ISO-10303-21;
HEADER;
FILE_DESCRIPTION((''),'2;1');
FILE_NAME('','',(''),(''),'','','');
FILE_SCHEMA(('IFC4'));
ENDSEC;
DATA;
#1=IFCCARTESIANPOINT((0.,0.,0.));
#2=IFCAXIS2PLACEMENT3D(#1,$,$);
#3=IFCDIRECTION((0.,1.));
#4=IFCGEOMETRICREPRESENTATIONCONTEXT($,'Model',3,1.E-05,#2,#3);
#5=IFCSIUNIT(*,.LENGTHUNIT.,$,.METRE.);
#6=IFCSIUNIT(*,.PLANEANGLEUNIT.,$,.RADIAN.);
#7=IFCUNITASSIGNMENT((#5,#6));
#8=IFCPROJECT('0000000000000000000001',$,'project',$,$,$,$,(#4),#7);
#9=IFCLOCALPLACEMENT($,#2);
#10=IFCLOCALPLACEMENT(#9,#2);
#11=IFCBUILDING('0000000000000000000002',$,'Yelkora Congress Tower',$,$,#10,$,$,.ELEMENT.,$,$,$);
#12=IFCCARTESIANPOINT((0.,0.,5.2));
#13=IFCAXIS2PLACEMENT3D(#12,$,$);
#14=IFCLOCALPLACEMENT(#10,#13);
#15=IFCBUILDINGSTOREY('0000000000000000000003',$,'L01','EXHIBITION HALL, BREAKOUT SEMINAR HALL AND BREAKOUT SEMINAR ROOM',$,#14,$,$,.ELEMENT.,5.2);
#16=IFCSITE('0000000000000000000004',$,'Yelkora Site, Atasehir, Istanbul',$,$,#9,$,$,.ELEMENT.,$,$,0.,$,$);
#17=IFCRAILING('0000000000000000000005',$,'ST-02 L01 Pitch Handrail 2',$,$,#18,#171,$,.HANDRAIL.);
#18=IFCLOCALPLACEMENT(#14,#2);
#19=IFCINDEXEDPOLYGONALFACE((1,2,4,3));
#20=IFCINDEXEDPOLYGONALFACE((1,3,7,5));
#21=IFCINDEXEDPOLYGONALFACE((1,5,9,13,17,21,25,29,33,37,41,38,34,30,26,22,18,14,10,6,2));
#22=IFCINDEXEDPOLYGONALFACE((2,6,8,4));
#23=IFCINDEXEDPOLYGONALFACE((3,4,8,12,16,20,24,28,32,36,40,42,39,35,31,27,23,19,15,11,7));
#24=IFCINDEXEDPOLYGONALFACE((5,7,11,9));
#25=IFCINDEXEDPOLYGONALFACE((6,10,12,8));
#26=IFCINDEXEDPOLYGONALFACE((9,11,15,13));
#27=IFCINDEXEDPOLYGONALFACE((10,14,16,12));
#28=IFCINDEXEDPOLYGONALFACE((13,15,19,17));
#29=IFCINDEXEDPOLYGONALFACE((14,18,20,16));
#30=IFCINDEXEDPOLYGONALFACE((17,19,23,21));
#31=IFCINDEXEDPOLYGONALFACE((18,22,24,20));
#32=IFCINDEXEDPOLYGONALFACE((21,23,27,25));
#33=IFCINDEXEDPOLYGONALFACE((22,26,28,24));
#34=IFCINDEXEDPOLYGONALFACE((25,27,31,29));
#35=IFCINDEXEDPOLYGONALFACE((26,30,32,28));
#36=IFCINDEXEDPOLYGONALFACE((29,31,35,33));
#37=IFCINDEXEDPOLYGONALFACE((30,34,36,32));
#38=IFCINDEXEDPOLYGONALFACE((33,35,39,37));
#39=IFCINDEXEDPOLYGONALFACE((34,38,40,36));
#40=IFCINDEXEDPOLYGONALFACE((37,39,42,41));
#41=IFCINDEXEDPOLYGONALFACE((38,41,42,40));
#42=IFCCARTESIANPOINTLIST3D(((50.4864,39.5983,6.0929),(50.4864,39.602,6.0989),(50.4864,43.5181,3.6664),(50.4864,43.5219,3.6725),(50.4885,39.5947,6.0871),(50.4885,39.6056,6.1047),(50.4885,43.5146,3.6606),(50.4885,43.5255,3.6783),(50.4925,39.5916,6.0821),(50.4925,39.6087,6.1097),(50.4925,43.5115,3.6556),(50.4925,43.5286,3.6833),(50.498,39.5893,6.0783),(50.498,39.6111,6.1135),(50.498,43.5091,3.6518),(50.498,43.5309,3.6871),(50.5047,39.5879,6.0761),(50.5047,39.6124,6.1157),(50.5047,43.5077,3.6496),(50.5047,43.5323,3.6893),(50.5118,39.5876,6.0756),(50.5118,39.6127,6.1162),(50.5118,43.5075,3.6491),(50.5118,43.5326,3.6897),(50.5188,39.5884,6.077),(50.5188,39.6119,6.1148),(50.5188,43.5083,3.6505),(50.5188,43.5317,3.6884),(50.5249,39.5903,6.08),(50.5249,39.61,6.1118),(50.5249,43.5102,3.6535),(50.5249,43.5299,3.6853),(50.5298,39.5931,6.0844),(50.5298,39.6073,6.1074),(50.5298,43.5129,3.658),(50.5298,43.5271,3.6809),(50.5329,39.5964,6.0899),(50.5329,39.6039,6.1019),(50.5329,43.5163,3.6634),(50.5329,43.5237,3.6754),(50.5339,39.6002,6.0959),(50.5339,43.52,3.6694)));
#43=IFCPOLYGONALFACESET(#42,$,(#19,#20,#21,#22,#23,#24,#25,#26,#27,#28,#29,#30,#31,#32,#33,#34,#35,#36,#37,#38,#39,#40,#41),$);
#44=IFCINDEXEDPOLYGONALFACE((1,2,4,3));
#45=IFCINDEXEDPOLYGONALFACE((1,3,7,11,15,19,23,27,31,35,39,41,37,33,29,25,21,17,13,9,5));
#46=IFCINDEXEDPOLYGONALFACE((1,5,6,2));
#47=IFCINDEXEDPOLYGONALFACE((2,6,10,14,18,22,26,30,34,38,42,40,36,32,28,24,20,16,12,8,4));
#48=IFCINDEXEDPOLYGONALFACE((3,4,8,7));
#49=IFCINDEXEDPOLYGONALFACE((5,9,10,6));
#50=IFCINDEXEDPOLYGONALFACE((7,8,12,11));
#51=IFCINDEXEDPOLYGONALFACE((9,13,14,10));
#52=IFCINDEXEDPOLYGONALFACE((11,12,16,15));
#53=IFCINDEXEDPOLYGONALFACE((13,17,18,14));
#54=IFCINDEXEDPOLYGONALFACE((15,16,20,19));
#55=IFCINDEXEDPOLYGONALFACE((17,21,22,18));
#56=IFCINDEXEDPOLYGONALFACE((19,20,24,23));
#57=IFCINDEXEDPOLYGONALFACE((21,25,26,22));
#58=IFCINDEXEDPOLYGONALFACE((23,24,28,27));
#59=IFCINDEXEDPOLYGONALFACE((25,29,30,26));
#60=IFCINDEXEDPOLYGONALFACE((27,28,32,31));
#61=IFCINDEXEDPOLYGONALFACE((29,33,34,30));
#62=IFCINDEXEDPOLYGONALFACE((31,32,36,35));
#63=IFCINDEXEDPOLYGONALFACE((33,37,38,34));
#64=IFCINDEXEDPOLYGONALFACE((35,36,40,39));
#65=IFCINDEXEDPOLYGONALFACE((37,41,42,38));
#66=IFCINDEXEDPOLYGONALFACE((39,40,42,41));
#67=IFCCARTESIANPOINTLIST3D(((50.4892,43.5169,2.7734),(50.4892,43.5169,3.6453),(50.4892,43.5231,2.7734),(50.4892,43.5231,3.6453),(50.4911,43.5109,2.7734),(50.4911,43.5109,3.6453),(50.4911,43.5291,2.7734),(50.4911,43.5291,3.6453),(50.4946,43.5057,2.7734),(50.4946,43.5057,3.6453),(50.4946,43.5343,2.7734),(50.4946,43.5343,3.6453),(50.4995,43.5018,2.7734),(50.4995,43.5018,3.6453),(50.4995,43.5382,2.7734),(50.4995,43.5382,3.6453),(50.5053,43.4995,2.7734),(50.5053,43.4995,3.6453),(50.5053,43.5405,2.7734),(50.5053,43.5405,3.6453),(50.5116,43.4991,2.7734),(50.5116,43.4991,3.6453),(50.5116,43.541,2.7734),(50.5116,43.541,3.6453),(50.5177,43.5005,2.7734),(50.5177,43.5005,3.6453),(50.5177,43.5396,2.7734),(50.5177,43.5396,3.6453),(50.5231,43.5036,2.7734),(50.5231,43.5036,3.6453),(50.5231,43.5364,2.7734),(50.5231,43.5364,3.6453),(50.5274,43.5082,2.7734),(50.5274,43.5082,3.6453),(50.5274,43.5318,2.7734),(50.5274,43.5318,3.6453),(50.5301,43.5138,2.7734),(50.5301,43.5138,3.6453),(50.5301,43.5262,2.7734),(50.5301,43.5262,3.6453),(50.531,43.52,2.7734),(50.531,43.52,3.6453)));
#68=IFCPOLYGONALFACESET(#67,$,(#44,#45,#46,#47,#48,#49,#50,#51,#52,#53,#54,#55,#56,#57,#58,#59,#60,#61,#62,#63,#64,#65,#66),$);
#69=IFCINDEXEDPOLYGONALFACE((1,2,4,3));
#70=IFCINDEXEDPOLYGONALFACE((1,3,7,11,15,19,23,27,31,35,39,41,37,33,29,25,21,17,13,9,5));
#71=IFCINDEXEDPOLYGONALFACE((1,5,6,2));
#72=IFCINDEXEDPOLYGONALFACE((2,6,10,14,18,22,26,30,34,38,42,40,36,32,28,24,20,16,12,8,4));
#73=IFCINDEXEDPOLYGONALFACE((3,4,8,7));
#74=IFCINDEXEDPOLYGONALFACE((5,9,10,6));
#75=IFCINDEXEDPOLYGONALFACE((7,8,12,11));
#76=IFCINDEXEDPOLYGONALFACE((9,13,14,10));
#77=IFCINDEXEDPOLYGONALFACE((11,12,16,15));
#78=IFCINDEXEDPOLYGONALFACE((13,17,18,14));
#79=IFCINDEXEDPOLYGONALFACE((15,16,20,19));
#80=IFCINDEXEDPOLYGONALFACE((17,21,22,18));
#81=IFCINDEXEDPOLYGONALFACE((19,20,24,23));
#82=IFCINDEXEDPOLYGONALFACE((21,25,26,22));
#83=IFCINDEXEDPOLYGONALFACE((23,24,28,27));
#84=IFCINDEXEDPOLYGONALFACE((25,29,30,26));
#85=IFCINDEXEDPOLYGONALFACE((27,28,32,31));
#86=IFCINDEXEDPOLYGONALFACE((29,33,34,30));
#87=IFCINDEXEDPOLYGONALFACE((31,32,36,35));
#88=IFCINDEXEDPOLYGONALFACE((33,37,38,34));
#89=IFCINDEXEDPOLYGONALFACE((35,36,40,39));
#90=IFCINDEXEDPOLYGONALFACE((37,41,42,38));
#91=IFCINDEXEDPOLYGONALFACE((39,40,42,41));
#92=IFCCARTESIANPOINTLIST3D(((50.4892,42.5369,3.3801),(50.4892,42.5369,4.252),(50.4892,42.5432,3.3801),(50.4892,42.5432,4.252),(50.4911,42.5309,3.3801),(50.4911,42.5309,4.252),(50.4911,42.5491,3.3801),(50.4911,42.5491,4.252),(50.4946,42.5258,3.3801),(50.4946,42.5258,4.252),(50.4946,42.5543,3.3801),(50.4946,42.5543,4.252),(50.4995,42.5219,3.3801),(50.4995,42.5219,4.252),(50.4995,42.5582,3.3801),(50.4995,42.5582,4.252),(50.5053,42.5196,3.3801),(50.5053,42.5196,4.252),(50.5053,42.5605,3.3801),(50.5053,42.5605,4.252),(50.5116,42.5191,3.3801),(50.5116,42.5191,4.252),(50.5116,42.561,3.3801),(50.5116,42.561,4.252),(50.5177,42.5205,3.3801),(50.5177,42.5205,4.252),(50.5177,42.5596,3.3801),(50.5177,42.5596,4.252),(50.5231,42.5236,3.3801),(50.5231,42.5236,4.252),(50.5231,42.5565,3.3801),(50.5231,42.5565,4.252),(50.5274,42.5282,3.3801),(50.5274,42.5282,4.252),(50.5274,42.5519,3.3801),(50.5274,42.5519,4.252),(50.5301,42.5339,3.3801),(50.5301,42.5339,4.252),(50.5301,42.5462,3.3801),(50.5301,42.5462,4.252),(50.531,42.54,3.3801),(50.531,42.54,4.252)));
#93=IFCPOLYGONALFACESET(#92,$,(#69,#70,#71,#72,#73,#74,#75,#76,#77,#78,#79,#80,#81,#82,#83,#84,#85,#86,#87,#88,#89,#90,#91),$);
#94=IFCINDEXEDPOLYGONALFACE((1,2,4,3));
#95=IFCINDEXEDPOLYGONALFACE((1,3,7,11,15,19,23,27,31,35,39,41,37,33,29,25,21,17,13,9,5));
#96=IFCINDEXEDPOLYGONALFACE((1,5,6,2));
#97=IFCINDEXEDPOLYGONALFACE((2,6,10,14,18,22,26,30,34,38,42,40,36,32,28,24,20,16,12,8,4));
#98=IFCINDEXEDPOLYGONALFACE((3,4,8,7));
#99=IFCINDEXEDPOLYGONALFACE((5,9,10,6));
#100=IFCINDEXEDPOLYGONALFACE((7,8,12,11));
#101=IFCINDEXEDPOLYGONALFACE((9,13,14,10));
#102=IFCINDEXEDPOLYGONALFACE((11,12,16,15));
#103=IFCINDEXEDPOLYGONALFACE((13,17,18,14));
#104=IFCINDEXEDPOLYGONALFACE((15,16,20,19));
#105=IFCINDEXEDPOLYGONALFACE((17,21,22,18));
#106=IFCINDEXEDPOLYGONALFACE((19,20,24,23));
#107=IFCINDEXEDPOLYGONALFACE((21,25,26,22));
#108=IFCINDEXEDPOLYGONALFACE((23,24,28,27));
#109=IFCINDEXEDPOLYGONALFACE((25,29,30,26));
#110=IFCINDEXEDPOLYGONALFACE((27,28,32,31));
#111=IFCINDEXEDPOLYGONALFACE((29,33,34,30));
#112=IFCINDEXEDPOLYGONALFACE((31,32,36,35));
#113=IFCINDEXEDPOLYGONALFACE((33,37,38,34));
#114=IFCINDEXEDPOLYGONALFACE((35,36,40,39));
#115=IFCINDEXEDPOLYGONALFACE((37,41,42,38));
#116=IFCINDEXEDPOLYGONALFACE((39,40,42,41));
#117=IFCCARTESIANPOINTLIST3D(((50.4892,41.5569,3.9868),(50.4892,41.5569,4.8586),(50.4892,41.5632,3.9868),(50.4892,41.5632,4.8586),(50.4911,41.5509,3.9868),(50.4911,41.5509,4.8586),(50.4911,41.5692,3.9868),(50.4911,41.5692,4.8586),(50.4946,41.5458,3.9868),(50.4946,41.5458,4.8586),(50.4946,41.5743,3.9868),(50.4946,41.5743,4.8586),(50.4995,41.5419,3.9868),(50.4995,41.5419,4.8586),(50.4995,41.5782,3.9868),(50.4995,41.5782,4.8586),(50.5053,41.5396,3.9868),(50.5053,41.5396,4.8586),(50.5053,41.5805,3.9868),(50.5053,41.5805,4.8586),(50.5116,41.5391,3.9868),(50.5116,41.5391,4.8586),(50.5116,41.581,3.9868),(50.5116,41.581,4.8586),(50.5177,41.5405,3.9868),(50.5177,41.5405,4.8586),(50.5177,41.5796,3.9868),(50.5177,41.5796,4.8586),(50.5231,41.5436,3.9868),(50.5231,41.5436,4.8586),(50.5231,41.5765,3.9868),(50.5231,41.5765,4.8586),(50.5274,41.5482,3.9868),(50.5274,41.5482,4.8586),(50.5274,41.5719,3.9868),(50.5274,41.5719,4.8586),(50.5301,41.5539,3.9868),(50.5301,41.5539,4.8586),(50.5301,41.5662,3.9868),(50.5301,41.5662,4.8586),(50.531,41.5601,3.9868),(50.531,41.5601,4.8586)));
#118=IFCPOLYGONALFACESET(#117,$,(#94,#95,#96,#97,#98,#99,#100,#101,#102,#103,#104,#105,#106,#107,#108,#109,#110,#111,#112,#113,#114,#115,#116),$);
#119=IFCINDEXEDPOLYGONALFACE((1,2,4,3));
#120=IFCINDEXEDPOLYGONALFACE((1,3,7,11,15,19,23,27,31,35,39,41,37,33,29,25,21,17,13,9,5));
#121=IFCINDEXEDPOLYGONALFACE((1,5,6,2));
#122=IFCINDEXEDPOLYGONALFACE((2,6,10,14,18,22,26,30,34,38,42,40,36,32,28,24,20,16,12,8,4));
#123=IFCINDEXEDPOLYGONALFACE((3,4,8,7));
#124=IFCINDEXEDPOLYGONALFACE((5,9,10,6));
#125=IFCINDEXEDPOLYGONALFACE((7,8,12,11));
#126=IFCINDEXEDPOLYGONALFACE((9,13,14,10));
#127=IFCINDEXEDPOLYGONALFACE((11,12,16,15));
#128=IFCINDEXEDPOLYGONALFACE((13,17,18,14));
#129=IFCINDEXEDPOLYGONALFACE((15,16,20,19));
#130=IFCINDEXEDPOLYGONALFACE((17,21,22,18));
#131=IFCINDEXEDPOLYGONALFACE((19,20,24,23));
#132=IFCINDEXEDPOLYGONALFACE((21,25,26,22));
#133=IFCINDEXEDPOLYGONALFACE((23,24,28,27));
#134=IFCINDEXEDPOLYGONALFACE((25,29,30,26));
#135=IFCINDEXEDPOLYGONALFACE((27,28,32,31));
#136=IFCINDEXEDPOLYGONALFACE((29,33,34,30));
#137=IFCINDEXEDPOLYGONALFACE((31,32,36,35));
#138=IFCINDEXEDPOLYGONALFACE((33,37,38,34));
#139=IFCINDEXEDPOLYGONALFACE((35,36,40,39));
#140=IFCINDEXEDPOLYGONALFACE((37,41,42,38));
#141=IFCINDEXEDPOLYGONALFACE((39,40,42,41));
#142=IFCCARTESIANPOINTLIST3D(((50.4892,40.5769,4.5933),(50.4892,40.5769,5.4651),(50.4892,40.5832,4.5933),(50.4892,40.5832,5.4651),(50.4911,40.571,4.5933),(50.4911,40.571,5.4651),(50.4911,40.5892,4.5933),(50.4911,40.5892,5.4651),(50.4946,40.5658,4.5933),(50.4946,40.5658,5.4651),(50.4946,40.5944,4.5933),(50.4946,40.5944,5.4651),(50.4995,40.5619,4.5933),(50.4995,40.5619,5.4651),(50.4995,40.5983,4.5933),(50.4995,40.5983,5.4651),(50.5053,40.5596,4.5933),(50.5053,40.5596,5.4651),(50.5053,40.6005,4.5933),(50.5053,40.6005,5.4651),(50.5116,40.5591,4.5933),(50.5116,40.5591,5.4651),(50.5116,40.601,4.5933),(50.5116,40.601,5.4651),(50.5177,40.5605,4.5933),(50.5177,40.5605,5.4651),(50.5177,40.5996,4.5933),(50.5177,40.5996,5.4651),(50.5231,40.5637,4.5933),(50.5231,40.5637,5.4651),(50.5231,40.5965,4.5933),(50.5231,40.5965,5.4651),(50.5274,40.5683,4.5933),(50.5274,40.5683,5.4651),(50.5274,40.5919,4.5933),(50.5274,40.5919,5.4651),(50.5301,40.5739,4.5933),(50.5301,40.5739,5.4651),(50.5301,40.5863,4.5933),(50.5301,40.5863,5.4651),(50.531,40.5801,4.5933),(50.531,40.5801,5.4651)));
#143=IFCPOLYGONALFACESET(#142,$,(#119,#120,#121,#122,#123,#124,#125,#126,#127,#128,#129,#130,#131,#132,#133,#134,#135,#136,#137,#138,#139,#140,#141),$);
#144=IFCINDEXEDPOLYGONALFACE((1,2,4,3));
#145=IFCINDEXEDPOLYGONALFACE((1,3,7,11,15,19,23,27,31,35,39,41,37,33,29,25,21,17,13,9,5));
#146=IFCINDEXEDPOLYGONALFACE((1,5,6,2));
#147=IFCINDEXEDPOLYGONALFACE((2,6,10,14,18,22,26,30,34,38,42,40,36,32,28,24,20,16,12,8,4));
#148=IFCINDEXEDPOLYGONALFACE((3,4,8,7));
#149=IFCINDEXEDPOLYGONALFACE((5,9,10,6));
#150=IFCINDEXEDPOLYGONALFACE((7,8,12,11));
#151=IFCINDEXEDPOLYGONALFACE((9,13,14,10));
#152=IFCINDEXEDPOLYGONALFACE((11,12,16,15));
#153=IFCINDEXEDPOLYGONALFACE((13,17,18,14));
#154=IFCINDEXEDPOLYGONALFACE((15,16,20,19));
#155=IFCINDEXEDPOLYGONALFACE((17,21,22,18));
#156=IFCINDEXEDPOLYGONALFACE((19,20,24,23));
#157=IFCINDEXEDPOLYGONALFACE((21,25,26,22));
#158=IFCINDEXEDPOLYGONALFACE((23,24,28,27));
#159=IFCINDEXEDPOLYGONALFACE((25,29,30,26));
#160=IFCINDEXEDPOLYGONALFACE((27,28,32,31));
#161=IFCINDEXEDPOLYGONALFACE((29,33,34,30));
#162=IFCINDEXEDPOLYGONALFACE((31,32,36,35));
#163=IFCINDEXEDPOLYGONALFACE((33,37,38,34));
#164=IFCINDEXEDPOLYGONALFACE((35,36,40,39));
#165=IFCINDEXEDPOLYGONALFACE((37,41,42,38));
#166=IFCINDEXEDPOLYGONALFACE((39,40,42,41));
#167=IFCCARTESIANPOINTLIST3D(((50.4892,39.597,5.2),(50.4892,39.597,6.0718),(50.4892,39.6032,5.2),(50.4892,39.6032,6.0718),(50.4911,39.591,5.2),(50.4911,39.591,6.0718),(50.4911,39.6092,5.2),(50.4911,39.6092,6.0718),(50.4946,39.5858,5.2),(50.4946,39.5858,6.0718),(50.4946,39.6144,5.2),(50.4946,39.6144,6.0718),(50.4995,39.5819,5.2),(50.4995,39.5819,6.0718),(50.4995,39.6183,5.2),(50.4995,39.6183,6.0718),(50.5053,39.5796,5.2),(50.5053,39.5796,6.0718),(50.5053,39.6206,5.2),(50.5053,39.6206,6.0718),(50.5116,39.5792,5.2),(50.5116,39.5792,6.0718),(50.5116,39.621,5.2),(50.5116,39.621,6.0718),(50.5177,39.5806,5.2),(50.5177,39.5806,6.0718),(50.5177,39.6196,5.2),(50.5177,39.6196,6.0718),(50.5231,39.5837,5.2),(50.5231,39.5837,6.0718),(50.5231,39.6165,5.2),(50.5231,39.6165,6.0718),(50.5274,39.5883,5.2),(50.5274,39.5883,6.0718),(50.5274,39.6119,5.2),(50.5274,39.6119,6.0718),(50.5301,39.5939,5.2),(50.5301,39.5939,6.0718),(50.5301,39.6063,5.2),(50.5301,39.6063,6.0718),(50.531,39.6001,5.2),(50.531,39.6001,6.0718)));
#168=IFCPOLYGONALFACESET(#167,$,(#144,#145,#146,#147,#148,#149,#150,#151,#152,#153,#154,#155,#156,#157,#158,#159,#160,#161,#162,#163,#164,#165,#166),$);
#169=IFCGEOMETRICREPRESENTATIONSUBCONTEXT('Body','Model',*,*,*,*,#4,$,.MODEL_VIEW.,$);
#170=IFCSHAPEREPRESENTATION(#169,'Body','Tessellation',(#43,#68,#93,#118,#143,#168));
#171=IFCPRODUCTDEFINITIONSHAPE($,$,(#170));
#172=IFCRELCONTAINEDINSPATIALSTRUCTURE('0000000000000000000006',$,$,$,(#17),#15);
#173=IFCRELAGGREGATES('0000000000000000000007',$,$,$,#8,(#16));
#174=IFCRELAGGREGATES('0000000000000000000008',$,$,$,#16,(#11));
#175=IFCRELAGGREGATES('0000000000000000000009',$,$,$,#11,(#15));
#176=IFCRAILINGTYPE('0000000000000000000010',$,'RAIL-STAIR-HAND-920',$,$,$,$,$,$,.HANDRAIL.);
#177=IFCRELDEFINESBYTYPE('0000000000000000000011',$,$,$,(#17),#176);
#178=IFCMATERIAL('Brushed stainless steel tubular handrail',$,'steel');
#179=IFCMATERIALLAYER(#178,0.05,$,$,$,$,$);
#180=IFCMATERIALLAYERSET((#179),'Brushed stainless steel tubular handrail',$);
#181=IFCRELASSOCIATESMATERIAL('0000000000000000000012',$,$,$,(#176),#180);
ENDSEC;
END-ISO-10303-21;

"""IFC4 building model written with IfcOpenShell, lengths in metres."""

from ifc_helpers import new_model, si_unit, direction, frame, origin, origin_2d, place, context, subcontext, project, spatial, circle, extrude, material, layer, layer_set, type_object, element, save


model = new_model("IFC4")

# Units and contexts
model_context = context("Model", 3, precision=1e-05, world=origin(), true_north=direction((0.0, 1.0)))
body_context = subcontext(model_context, "Body", "Model", "MODEL_VIEW")
ifc_project = project(units=[si_unit("LENGTHUNIT", "METRE"), si_unit("PLANEANGLEUNIT", "RADIAN")], contexts=[model_context])

# Site, building, storey
site_placement = place(None, origin())
site = spatial("IfcSite", under=ifc_project, at=site_placement, Name="Yelkora Site, Atasehir, Istanbul", CompositionType="ELEMENT", RefElevation=0.0)
building_placement = place(site_placement, origin())
building = spatial("IfcBuilding", under=site, at=building_placement, Name="Yelkora Congress Tower", CompositionType="ELEMENT")
storey_placement = place(building_placement, frame((0.0, 0.0, 5.2)))
storey = spatial("IfcBuildingStorey", under=building, at=storey_placement, Name="L01", Description="EXHIBITION HALL, BREAKOUT SEMINAR HALL AND BREAKOUT SEMINAR ROOM", CompositionType="ELEMENT", Elevation=5.2)

# Railing
ifc_material_1 = material(Name="Brushed stainless steel tubular handrail", Category="steel")
ifc_layer_1 = layer(ifc_material_1, 0.05)
ifc_layer_set_1 = layer_set([ifc_layer_1], Name="Brushed stainless steel tubular handrail")
railing_type_1 = type_object("IfcRailingType", Name="RAIL-STAIR-HAND-920", PredefinedType="HANDRAIL", material=ifc_layer_set_1)
railing_1_placement = place(storey_placement, frame((50.51, 43.52, 2.7734)))
element("IfcRailing", 1, at=railing_1_placement, inside=storey, type_object=railing_type_1, Name="ST-02 L01 Pitch Handrail 2", PredefinedType="HANDRAIL", context=body_context, shape_type="SweptSolid", body=[
    extrude(circle(Radius=0.0239, at=origin_2d()), frame((0.0, 0.0, 0.896), z_axis=(0.0, -0.850275, 0.526338), x_axis=(1.0, 0.0, 0.0)), (0.0, 0.0, 1.0), 4.6101),
    extrude(circle(Radius=0.021, at=origin_2d()), origin(), (0.0, 0.0, 1.0), 0.8718),
    extrude(circle(Radius=0.021, at=origin_2d()), frame((0.0, -0.98, 0.6067)), (0.0, 0.0, 1.0), 0.8718),
    extrude(circle(Radius=0.021, at=origin_2d()), frame((0.0, -1.96, 1.2134)), (0.0, 0.0, 1.0), 0.8718),
    extrude(circle(Radius=0.021, at=origin_2d()), frame((0.0, -2.9399, 1.8198)), (0.0, 0.0, 1.0), 0.8718),
    extrude(circle(Radius=0.021, at=origin_2d()), frame((0.0, -3.9199, 2.4265)), (0.0, 0.0, 1.0), 0.8718),
])

save(model, "model.ifc")
